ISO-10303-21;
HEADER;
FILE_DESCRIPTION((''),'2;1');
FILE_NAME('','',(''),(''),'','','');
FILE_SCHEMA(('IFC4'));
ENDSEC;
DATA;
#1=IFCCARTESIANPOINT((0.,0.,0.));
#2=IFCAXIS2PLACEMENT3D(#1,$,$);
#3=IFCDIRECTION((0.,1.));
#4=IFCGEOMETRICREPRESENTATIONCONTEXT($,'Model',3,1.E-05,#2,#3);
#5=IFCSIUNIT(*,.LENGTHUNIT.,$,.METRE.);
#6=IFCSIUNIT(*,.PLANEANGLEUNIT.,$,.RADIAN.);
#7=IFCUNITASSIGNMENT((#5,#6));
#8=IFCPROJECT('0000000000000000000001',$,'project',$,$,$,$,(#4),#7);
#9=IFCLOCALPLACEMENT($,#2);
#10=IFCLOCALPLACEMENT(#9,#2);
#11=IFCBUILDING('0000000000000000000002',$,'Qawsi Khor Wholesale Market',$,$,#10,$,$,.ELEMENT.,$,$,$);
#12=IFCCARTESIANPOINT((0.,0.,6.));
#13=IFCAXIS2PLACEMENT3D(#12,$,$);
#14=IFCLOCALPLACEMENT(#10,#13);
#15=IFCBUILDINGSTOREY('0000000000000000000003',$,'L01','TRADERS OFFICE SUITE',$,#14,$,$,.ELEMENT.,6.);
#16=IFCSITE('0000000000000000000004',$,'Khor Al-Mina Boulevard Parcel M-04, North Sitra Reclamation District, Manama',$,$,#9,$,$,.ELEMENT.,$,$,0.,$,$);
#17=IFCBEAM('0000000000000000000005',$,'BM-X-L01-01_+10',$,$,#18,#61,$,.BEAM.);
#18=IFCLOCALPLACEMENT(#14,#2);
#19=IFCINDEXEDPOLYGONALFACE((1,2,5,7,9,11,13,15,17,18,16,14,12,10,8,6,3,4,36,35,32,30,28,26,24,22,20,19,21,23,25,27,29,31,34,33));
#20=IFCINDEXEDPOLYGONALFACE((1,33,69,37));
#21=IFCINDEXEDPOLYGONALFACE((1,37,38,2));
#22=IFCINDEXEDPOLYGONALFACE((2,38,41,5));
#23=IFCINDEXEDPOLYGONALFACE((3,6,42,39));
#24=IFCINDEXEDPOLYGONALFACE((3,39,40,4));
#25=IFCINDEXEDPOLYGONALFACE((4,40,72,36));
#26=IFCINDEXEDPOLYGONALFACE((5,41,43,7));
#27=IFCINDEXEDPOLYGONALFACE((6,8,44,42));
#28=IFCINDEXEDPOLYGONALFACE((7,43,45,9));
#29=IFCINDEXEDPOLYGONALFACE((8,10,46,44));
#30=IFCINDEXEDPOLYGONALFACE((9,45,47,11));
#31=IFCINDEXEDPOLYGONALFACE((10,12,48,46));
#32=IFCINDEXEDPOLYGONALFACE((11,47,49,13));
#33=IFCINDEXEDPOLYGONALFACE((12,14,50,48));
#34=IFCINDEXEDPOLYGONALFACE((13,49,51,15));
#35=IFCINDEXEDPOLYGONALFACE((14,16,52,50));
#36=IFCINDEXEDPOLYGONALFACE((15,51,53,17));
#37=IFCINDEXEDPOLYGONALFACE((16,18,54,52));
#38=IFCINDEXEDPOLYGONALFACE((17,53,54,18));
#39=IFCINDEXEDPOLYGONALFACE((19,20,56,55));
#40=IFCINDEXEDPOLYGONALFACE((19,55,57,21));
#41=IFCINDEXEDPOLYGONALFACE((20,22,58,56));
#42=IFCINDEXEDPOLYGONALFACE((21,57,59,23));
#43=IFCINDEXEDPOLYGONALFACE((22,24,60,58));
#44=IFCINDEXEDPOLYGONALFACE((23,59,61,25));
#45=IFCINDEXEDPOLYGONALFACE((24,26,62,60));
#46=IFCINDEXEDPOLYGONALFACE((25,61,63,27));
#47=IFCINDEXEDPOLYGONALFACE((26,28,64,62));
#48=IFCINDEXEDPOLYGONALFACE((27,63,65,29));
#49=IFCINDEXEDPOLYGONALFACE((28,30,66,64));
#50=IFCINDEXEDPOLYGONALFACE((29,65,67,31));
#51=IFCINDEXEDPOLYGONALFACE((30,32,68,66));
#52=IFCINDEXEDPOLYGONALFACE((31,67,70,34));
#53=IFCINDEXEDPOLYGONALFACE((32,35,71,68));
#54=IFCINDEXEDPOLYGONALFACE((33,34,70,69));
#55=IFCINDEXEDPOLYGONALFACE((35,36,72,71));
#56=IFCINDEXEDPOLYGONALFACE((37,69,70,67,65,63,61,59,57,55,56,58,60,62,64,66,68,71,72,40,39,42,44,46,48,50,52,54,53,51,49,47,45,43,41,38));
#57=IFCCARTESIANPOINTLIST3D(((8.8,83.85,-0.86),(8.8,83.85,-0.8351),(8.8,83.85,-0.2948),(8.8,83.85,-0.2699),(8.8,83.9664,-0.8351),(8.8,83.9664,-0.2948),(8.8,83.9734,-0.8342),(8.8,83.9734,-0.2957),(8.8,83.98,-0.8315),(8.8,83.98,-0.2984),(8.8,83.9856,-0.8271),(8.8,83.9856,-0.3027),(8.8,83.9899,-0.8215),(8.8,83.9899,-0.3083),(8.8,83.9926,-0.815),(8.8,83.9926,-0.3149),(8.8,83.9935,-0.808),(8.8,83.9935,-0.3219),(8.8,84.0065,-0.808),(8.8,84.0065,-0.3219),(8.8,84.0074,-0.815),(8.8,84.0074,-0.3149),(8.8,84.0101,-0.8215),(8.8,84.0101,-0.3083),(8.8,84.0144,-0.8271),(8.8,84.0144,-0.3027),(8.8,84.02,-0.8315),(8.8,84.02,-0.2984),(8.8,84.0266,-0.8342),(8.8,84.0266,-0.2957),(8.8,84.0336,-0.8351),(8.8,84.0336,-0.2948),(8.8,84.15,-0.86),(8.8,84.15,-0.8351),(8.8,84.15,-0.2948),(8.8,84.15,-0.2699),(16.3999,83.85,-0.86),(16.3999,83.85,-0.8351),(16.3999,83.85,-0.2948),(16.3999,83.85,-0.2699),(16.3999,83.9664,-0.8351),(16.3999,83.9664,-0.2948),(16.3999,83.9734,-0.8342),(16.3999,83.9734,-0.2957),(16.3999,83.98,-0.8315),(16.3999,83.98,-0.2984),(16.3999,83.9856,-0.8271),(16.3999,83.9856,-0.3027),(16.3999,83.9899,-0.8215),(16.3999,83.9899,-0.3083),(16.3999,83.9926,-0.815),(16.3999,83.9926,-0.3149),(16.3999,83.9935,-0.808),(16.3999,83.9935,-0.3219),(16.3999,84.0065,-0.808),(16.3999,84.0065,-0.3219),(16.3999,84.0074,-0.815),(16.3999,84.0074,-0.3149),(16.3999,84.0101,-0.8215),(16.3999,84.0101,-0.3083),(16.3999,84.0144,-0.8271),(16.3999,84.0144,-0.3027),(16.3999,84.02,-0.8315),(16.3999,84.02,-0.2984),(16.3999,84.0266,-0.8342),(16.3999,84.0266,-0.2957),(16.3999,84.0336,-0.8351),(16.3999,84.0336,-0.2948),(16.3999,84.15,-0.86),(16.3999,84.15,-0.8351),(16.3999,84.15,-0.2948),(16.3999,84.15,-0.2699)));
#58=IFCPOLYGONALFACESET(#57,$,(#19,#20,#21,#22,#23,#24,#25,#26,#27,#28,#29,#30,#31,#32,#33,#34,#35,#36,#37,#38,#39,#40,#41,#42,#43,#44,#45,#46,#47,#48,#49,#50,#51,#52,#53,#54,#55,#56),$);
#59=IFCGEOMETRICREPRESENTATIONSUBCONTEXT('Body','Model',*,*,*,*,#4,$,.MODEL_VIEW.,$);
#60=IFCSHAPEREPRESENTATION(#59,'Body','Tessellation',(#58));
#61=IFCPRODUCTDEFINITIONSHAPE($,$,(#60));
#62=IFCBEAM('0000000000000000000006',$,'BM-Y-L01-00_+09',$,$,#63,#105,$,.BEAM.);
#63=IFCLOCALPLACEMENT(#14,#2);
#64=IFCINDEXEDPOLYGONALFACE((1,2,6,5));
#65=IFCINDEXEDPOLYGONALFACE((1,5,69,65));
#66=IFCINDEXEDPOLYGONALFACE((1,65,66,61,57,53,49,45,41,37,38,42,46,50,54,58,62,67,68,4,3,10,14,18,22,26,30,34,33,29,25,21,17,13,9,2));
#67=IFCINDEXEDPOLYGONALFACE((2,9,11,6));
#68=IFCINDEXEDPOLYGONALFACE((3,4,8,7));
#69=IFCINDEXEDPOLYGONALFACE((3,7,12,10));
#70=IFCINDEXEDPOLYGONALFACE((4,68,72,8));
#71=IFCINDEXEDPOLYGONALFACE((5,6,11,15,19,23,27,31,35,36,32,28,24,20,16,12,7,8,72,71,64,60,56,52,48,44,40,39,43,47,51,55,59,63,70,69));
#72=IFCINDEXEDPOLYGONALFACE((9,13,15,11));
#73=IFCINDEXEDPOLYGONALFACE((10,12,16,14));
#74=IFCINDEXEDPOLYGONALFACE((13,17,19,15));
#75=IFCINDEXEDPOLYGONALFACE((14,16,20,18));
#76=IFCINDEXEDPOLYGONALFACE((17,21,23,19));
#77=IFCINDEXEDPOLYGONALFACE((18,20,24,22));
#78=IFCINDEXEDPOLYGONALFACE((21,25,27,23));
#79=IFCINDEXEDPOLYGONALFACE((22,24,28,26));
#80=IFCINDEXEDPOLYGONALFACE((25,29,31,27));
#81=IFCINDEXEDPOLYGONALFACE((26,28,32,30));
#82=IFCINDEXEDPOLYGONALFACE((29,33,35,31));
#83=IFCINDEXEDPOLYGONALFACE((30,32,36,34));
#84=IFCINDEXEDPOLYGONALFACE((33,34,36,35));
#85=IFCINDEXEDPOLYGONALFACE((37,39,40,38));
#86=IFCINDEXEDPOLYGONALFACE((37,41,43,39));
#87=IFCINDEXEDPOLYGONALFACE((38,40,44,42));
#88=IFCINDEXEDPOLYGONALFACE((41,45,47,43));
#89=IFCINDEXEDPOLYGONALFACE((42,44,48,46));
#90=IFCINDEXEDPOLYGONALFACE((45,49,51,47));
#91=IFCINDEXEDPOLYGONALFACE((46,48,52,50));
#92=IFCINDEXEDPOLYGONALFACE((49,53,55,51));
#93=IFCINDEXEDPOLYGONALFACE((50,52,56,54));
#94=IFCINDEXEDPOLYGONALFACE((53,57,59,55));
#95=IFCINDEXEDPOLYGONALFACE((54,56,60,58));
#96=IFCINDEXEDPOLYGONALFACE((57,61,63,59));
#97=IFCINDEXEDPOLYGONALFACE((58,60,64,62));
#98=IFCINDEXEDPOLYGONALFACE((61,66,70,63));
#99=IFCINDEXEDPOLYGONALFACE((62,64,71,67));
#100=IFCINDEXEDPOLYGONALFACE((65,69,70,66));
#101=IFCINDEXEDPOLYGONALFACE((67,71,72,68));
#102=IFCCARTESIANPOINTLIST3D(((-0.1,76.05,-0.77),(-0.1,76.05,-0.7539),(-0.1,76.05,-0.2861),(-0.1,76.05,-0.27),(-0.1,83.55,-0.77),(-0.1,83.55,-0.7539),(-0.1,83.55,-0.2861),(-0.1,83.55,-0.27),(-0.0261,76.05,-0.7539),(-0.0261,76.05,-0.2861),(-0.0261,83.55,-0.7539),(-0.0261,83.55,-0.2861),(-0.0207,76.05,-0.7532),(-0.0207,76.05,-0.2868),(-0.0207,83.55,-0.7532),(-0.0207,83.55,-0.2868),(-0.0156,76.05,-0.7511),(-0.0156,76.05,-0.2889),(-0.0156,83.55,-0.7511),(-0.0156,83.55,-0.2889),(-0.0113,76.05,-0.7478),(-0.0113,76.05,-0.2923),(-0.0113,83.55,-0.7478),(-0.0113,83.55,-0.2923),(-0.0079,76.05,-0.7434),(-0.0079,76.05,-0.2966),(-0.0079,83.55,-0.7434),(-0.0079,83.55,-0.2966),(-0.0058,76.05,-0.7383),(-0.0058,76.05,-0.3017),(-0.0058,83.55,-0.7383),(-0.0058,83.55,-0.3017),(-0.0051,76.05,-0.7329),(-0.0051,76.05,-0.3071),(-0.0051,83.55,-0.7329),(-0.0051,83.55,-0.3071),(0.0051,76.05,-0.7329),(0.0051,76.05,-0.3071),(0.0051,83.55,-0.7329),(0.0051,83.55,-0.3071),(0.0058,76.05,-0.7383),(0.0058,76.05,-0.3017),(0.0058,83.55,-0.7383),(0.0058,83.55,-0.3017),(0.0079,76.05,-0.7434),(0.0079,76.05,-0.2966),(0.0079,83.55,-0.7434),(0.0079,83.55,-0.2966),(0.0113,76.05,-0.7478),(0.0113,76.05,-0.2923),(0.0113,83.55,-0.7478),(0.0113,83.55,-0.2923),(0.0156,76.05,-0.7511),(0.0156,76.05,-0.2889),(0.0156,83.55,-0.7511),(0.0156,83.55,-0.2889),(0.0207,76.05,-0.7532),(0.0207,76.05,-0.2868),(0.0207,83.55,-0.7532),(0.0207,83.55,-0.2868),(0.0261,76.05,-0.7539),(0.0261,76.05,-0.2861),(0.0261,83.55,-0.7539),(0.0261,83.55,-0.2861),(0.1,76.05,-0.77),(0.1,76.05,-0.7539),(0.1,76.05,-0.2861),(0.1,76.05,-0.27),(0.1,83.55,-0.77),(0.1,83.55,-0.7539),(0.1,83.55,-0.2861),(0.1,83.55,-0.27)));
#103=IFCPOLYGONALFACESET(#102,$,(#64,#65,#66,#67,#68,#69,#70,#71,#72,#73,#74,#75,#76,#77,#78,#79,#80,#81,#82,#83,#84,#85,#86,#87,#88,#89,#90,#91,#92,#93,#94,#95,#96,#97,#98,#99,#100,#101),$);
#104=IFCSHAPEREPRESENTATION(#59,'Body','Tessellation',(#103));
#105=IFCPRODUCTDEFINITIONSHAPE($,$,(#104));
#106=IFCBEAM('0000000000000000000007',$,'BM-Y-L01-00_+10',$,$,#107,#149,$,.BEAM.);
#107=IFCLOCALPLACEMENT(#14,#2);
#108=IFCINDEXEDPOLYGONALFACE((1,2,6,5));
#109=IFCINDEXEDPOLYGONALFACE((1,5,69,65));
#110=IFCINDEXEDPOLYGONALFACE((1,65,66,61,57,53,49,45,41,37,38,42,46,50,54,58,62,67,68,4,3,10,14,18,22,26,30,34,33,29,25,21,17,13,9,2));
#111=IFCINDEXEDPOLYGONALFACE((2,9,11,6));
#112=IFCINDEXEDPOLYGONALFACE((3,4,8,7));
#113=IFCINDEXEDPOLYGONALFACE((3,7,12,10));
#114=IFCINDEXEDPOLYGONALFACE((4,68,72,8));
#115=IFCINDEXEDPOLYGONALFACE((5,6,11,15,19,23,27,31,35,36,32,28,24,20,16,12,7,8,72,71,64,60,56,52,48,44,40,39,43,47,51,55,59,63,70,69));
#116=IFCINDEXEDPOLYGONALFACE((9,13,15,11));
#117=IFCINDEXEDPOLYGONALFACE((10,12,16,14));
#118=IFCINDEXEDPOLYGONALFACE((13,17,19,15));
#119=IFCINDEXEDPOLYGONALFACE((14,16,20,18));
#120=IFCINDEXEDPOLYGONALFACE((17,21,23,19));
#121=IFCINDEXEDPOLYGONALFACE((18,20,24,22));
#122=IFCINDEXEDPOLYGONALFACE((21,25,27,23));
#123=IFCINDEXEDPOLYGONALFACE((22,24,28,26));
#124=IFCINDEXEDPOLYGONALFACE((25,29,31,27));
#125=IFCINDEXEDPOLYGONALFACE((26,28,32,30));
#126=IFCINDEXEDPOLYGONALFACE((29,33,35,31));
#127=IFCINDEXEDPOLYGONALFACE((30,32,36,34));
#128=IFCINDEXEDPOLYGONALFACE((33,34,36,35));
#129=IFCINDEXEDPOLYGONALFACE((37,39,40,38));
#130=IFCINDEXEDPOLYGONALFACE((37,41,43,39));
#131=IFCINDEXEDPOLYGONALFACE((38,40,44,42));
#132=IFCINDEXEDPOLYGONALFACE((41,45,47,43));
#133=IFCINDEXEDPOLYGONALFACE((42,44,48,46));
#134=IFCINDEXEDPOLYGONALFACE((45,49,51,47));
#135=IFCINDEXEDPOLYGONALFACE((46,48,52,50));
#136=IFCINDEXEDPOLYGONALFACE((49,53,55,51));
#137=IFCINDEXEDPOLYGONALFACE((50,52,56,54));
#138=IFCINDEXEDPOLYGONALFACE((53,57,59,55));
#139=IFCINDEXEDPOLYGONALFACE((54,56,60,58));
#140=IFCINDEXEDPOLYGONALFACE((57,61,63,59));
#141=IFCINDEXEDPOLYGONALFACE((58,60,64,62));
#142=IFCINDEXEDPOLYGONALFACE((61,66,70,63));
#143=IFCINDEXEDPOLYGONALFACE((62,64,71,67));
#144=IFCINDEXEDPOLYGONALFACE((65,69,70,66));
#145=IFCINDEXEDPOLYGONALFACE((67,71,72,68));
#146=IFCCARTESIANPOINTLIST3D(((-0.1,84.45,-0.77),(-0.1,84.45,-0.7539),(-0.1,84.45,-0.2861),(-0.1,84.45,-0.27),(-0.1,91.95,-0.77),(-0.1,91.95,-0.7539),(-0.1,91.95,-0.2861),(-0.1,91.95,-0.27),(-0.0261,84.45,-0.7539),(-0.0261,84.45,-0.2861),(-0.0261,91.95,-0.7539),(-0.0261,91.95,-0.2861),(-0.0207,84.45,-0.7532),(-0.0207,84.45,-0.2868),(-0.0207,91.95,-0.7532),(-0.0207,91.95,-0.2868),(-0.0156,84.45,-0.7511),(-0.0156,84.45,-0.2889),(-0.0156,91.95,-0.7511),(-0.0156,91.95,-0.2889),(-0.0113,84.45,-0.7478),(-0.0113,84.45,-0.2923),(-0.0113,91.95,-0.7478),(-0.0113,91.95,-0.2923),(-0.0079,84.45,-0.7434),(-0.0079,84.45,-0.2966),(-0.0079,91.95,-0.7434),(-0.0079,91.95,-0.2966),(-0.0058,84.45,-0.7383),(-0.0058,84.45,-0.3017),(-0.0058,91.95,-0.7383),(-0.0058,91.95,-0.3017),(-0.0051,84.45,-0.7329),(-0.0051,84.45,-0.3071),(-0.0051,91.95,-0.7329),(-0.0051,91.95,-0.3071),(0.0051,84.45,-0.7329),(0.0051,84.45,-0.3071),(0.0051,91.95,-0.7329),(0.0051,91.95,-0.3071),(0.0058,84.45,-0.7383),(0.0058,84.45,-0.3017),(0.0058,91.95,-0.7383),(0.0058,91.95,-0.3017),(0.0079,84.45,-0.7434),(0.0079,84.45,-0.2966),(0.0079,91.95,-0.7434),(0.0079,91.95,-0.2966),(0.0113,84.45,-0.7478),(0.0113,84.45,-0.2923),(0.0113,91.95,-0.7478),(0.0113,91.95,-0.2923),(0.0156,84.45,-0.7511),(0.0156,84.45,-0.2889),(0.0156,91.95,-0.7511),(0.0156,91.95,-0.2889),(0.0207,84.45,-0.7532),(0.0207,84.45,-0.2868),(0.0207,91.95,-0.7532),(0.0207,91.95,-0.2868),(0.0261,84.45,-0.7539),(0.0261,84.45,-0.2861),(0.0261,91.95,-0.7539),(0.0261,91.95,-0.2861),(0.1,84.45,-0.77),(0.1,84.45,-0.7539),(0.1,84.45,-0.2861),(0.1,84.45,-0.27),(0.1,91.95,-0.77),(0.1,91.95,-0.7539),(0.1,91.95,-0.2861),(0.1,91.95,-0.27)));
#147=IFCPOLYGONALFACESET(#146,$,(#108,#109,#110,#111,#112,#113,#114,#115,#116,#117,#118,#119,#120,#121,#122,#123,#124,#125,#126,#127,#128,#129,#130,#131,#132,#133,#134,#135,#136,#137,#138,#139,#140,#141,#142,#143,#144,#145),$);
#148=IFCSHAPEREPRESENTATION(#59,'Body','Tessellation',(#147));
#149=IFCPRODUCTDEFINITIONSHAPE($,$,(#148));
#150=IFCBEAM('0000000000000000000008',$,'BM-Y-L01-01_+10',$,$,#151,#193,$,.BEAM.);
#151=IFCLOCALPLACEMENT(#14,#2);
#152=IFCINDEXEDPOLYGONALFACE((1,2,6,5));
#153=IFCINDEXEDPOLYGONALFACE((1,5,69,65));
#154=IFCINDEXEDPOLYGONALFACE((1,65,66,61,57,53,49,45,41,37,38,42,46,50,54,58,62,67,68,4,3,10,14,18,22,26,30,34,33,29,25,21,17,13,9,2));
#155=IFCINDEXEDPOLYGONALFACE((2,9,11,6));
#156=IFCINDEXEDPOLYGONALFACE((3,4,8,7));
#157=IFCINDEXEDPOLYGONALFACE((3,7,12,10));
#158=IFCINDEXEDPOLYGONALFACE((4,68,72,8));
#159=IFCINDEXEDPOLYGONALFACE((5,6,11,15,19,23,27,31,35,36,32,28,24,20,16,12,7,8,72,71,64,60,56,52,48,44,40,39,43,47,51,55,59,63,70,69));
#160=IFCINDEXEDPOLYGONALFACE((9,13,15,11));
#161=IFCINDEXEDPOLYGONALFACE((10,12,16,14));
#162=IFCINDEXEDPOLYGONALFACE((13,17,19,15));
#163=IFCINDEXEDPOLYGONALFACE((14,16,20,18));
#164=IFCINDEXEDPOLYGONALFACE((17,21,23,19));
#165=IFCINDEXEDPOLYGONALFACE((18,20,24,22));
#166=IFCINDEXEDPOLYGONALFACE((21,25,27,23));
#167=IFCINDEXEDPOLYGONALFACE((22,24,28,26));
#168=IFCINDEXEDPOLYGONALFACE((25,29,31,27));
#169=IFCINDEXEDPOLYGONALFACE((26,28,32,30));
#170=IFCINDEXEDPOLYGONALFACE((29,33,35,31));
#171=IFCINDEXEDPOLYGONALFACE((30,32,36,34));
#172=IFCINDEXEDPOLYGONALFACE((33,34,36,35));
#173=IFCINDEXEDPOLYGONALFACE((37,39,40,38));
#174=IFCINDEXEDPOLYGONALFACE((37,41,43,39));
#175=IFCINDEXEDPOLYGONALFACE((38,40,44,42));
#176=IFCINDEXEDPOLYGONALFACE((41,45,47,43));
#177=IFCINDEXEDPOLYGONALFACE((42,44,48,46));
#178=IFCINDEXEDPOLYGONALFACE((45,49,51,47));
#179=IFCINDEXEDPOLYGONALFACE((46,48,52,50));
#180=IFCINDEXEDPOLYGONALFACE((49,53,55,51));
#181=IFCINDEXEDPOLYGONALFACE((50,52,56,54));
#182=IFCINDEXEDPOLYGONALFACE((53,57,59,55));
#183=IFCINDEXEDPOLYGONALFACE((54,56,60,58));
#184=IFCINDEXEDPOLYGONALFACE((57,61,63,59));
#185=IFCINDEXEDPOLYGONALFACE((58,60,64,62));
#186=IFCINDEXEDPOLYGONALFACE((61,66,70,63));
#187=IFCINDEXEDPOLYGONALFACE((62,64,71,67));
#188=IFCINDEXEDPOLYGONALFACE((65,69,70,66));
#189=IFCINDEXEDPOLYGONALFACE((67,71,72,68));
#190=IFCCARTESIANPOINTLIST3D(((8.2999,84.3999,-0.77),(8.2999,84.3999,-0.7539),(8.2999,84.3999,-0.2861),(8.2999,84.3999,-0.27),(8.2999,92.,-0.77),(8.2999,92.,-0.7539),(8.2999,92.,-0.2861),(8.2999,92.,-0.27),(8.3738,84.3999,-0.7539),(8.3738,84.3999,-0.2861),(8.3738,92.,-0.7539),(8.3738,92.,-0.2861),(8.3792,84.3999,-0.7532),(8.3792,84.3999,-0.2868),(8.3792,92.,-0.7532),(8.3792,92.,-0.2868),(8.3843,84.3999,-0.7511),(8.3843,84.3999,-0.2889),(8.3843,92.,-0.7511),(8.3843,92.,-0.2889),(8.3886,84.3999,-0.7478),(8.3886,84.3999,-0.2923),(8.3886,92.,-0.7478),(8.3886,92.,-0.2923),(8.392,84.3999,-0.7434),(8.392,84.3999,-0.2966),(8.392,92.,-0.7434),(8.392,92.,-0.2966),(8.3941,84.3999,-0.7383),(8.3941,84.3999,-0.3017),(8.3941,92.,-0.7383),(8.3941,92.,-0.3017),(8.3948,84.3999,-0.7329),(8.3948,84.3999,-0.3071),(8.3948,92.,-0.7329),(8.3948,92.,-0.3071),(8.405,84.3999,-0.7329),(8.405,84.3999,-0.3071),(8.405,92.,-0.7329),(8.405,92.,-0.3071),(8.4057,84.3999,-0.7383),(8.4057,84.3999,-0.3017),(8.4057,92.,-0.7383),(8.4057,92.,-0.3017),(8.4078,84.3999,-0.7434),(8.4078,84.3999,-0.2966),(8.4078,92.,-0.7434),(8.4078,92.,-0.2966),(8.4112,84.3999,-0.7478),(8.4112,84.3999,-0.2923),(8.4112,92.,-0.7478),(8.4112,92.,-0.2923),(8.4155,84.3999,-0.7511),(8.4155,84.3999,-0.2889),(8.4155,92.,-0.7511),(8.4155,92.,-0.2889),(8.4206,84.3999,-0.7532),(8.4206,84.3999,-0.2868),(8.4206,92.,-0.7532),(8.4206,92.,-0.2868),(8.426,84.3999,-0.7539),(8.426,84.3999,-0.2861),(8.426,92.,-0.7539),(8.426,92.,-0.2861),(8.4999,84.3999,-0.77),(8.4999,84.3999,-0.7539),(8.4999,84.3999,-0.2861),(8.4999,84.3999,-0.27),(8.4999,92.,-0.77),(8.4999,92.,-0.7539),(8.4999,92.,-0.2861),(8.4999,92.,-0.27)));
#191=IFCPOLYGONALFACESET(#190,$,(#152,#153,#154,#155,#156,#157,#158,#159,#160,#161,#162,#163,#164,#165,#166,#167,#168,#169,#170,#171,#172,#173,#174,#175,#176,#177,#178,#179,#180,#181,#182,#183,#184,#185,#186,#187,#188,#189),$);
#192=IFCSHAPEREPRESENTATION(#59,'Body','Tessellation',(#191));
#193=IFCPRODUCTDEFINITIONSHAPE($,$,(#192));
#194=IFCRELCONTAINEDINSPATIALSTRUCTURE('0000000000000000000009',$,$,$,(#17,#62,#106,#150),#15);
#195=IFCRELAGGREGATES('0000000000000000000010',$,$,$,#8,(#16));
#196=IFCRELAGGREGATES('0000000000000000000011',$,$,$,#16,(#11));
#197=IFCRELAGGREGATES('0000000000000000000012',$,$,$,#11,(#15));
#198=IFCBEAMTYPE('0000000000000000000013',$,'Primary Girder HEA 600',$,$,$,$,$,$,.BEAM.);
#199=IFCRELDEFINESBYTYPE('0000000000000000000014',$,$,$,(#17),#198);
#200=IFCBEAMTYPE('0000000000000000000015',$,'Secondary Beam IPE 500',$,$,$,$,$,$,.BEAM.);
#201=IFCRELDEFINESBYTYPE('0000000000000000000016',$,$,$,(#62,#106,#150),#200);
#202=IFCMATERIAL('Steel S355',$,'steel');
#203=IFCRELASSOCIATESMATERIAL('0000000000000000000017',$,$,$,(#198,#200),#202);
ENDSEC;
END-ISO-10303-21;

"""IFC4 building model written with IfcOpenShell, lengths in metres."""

from ifc_helpers import new_model, si_unit, direction, frame, origin, origin_2d, place, context, subcontext, project, spatial, i_section, extrude, material, material_profile, profile_set, type_object, element, save


model = new_model("IFC4")

# Units and contexts
model_context = context("Model", 3, precision=1e-05, world=origin(), true_north=direction((0.0, 1.0)))
body_context = subcontext(model_context, "Body", "Model", "MODEL_VIEW")
ifc_project = project(units=[si_unit("LENGTHUNIT", "METRE"), si_unit("PLANEANGLEUNIT", "RADIAN")], contexts=[model_context])

# Site, building, storey
site_placement = place(None, origin())
site = spatial("IfcSite", under=ifc_project, at=site_placement, Name="Khor Al-Mina Boulevard Parcel M-04, North Sitra Reclamation District, Manama", CompositionType="ELEMENT", RefElevation=0.0)
building_placement = place(site_placement, origin())
building = spatial("IfcBuilding", under=site, at=building_placement, Name="Qawsi Khor Wholesale Market", CompositionType="ELEMENT")
storey_placement = place(building_placement, frame((0.0, 0.0, 6.0)))
storey = spatial("IfcBuildingStorey", under=building, at=storey_placement, Name="L01", Description="TRADERS OFFICE SUITE", CompositionType="ELEMENT", Elevation=6.0)

# Beams
ifc_material_1 = material(Name="Steel S355", Category="steel")
ifc_material_profile_1 = material_profile(ifc_material_1, i_section(OverallWidth=0.3, OverallDepth=0.5901, WebThickness=0.0129, FlangeThickness=0.0249, FilletRadius=0.0271, at=origin_2d()), Name="HEA 600")
ifc_profile_set_1 = profile_set([ifc_material_profile_1], Name="Steel S355")
beam_type_1 = type_object("IfcBeamType", Name="Primary Girder HEA 600", PredefinedType="BEAM", material=ifc_profile_set_1)
beam_1_placement = place(storey_placement, frame((8.8, 84.0, -0.5649), z_axis=(1.0, 0.0, 0.0), x_axis=(0.0, 1.0, 0.0)))
element("IfcBeam", 1, at=beam_1_placement, inside=storey, type_object=beam_type_1, Name="BM-X-L01-01_+10", PredefinedType="BEAM", context=body_context, shape_type="SweptSolid", body=[
    extrude(i_section(OverallWidth=0.3, OverallDepth=0.5901, WebThickness=0.0129, FlangeThickness=0.0249, FilletRadius=0.0271, at=origin_2d()), origin(), (0.0, 0.0, 1.0), 7.5999),
])
ifc_material_profile_2 = material_profile(ifc_material_1, i_section(OverallWidth=0.2, OverallDepth=0.5, WebThickness=0.0103, FlangeThickness=0.0161, FilletRadius=0.021, at=origin_2d()), Name="IPE 500")
ifc_profile_set_2 = profile_set([ifc_material_profile_2], Name="Steel S355")
beam_type_2 = type_object("IfcBeamType", Name="Secondary Beam IPE 500", PredefinedType="BEAM", material=ifc_profile_set_2)
for number, where, z_axis, x_axis, name in (
    (2, (0.0, 76.05, -0.52), (0.0, 1.0, 0.0), (-1.0, 0.0, 0.0), "BM-Y-L01-00_+09"),
    (3, (0.0, 84.45, -0.52), (0.0, 1.0, 0.0), (-1.0, 0.0, 0.0), "BM-Y-L01-00_+10"),
):
    element("IfcBeam", number, at=place(storey_placement, frame(where, z_axis=z_axis, x_axis=x_axis)), inside=storey, type_object=beam_type_2, Name=name, PredefinedType="BEAM", context=body_context, shape_type="SweptSolid", body=[
        extrude(i_section(OverallWidth=0.2, OverallDepth=0.5, WebThickness=0.0103, FlangeThickness=0.0161, FilletRadius=0.021, at=origin_2d()), origin(), (0.0, 0.0, 1.0), 7.5),
    ])
beam_2_placement = place(storey_placement, frame((8.3999, 84.3999, -0.52), z_axis=(0.0, 1.0, 0.0), x_axis=(-1.0, 0.0, 0.0)))
element("IfcBeam", 4, at=beam_2_placement, inside=storey, type_object=beam_type_2, Name="BM-Y-L01-01_+10", PredefinedType="BEAM", context=body_context, shape_type="SweptSolid", body=[
    extrude(i_section(OverallWidth=0.2, OverallDepth=0.5, WebThickness=0.0103, FlangeThickness=0.0161, FilletRadius=0.021, at=origin_2d()), origin(), (0.0, 0.0, 1.0), 7.6001),
])

save(model, "model.ifc")
